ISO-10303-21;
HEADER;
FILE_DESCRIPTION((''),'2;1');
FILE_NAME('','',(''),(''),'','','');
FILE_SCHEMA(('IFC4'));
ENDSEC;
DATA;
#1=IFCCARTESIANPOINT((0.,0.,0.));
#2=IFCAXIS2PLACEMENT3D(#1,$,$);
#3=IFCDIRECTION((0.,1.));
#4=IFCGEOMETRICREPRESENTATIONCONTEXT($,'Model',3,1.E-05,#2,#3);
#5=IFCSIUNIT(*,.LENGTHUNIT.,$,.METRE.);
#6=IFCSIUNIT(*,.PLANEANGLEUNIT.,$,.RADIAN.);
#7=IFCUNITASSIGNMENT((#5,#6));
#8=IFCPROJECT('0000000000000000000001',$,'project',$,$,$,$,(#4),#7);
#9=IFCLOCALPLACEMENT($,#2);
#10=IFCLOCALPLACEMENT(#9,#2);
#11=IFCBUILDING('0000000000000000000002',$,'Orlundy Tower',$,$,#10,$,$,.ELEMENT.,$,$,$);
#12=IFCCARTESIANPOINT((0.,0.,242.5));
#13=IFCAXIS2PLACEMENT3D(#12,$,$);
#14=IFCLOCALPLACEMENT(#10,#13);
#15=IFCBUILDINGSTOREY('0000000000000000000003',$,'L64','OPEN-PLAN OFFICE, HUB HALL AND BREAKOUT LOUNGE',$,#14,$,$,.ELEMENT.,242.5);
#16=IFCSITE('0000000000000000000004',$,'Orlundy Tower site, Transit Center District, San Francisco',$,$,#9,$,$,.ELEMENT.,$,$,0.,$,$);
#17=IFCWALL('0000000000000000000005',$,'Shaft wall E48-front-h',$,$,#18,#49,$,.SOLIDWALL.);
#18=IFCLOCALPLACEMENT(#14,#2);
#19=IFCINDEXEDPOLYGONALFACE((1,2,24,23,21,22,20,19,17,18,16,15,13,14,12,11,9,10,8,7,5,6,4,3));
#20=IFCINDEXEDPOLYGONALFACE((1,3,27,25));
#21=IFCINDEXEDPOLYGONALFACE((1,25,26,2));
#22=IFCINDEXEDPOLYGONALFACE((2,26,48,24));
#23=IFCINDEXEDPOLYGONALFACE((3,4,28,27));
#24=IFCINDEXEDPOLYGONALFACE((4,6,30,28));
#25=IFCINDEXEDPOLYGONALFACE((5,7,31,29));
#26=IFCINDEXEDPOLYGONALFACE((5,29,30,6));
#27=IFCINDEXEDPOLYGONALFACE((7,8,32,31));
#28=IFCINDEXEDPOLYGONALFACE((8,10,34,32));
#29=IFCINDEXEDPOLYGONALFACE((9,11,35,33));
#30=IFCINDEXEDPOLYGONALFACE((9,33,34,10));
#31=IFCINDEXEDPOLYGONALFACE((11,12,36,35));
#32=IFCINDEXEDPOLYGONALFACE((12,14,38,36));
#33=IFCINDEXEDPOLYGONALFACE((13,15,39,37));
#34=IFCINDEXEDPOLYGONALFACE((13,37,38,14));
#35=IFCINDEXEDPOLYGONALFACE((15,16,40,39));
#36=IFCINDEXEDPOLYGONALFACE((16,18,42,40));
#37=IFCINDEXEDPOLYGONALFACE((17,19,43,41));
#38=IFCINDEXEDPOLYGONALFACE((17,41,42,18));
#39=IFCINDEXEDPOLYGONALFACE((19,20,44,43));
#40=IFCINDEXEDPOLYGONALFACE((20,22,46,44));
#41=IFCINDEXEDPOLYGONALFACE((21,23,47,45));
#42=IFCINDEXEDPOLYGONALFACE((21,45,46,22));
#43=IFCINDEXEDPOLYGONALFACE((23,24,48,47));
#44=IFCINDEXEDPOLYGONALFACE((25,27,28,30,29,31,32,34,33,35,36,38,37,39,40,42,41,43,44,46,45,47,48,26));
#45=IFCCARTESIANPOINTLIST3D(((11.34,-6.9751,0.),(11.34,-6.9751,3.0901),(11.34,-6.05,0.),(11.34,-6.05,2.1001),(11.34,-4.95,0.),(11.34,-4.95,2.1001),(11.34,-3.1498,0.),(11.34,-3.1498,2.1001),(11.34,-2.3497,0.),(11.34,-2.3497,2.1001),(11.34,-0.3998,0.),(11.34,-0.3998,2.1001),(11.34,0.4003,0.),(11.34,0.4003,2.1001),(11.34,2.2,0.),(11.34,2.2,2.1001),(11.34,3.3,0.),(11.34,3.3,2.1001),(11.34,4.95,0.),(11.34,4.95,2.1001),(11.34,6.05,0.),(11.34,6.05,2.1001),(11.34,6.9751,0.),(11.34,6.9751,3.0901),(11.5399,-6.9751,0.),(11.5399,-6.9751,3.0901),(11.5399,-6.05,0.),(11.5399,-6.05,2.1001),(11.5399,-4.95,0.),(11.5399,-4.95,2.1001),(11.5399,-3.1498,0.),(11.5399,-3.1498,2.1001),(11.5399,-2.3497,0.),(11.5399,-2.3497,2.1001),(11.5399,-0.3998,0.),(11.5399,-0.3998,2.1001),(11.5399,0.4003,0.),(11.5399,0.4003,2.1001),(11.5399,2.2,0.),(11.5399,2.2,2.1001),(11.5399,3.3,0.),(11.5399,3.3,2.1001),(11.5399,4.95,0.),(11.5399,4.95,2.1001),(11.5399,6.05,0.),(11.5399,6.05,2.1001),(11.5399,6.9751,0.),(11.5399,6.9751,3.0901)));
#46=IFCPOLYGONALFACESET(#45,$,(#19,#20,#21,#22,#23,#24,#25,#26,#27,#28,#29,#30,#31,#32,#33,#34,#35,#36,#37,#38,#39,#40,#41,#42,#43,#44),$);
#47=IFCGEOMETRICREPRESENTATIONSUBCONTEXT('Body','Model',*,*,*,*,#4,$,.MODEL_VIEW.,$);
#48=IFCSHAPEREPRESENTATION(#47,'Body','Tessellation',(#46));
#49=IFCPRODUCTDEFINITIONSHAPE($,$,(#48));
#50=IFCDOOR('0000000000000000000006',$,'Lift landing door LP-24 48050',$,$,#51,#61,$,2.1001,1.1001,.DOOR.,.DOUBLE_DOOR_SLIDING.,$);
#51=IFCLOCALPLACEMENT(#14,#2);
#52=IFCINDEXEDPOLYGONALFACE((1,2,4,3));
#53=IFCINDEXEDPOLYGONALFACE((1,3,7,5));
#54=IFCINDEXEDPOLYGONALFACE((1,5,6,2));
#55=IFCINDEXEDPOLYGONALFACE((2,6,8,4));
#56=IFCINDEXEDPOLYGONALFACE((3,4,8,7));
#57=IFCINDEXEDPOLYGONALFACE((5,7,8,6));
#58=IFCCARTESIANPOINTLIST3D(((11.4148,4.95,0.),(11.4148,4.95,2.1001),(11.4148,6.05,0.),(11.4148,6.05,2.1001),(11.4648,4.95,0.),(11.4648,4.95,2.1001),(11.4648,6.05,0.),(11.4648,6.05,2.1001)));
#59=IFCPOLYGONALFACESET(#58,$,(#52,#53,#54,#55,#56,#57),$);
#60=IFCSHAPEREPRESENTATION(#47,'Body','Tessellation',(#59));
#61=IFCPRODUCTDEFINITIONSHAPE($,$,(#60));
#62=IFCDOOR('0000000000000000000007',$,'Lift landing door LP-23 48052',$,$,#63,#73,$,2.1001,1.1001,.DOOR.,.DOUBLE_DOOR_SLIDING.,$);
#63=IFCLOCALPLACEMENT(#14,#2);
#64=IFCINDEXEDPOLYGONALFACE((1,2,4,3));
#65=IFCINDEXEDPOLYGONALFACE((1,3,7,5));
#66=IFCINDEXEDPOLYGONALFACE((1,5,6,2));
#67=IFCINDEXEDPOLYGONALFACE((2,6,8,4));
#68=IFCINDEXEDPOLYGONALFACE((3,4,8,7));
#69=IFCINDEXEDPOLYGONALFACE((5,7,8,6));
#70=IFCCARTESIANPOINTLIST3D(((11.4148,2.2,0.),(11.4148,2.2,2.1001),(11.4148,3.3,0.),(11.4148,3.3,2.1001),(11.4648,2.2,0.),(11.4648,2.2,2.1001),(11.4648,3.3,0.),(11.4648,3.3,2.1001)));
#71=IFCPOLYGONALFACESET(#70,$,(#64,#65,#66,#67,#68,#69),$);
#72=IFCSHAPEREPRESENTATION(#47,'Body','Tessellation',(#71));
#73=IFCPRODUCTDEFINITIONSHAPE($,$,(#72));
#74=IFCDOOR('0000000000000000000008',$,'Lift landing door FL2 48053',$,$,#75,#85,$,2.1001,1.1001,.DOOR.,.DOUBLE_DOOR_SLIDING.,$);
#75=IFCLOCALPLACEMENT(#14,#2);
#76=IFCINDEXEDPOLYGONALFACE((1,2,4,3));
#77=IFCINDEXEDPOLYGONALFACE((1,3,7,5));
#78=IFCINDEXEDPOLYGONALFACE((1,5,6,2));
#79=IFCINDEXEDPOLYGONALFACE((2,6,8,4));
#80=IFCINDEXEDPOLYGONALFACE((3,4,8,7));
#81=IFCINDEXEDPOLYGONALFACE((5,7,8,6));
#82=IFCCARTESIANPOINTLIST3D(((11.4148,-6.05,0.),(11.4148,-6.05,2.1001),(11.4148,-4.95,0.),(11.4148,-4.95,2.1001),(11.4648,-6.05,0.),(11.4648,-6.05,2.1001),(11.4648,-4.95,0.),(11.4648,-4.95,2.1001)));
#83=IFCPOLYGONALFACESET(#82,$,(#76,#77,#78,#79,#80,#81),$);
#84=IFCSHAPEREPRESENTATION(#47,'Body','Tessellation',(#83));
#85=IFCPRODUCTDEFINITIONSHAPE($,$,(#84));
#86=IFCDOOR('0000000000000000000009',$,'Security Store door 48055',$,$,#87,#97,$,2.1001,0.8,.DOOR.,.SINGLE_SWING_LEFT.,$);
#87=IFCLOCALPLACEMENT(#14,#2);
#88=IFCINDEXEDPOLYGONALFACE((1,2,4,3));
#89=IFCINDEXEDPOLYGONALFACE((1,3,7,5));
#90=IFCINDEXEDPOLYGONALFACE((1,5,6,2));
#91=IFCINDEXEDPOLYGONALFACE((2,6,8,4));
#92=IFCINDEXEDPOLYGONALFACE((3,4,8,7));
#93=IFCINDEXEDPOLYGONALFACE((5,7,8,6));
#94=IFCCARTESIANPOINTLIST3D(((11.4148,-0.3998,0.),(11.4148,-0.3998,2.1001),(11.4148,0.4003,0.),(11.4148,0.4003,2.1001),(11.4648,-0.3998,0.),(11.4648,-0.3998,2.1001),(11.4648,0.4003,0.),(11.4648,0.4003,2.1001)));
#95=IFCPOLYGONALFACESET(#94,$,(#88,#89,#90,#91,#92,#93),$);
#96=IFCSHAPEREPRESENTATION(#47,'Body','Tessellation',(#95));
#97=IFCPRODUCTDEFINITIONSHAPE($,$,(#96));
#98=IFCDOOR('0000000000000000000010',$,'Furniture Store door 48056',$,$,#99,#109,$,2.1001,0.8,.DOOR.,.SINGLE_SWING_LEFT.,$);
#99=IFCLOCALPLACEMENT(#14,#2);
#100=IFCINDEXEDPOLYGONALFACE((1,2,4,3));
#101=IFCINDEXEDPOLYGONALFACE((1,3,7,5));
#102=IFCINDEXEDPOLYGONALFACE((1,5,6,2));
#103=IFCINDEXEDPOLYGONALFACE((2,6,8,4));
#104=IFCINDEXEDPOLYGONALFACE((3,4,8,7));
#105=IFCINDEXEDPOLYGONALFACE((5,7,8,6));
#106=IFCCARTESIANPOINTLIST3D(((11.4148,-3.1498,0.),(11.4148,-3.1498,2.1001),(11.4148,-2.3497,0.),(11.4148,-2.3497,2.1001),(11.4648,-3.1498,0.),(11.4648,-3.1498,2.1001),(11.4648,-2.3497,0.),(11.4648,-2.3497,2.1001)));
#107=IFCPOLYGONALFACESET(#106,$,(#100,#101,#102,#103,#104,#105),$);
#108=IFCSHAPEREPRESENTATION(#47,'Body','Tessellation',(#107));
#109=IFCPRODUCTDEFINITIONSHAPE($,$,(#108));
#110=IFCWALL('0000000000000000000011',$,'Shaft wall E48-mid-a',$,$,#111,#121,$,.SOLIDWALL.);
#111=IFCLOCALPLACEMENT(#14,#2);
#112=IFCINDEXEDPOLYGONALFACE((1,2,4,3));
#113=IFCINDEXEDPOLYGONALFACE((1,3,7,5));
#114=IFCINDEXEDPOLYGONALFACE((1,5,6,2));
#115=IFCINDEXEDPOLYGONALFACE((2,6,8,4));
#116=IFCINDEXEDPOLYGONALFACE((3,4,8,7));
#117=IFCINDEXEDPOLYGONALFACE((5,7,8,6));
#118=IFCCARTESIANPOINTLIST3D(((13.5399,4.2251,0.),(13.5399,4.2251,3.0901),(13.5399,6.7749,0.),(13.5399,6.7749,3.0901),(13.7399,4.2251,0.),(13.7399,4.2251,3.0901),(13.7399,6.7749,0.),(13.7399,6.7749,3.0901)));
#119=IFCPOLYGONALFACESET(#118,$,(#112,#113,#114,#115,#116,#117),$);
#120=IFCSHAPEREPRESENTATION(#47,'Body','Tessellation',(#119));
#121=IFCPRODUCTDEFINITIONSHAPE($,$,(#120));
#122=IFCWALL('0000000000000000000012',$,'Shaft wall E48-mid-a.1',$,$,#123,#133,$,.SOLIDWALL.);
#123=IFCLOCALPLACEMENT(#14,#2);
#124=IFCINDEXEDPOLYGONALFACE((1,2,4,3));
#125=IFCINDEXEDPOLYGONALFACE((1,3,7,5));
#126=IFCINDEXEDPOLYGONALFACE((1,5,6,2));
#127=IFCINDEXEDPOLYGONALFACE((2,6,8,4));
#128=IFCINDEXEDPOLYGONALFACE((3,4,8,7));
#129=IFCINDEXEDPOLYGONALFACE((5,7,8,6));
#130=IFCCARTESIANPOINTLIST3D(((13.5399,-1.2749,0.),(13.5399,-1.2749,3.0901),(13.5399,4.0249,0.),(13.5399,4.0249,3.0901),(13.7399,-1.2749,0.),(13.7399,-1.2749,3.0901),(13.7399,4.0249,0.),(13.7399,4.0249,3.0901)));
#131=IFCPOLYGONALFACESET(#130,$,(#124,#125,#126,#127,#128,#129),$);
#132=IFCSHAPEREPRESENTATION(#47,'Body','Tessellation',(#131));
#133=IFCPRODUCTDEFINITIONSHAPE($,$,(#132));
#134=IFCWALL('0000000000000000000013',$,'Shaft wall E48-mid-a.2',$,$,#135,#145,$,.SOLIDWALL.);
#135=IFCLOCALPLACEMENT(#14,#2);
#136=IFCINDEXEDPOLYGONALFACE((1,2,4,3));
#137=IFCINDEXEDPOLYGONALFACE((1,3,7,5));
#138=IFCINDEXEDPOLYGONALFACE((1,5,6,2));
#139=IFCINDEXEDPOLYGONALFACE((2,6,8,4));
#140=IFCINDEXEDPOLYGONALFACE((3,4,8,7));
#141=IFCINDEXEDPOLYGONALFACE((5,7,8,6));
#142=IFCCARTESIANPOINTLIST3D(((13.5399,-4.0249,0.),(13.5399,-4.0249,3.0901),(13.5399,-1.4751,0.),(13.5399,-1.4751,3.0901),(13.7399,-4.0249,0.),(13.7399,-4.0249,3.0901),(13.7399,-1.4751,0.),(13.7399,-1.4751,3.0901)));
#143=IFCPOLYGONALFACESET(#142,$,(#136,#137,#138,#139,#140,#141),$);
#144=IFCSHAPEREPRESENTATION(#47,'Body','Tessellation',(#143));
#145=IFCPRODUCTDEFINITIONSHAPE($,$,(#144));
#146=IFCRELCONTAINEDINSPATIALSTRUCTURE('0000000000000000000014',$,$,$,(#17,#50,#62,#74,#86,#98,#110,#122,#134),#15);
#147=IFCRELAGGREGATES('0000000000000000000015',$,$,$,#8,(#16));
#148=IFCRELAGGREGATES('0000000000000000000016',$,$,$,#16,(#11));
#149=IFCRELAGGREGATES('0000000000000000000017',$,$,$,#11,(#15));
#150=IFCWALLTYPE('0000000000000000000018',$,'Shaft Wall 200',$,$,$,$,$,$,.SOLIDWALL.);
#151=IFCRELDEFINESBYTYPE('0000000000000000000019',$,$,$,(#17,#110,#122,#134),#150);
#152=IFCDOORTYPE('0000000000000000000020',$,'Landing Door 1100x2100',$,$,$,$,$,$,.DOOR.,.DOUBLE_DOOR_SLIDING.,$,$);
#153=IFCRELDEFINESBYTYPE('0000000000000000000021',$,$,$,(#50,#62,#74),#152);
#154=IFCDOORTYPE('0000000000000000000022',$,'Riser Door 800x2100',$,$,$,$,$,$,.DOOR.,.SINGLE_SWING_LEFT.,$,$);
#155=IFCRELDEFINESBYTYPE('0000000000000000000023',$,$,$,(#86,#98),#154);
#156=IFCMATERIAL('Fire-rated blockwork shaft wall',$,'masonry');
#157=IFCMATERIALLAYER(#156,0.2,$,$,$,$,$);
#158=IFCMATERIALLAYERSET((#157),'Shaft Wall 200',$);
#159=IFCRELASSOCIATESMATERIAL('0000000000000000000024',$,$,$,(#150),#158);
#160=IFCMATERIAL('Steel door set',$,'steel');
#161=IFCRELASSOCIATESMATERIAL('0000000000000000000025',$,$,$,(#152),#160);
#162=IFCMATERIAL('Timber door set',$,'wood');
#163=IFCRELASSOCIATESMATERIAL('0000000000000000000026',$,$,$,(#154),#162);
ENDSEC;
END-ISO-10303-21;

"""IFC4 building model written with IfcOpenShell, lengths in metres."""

from ifc_helpers import new_model, si_unit, direction, frame, frame_2d, origin, place, context, subcontext, project, spatial, rectangle, extrude, material, layer, layer_set, type_object, element, fill, save


model = new_model("IFC4")

# Units and contexts
model_context = context("Model", 3, precision=1e-05, world=origin(), true_north=direction((0.0, 1.0)))
body_context = subcontext(model_context, "Body", "Model", "MODEL_VIEW")
ifc_project = project(units=[si_unit("LENGTHUNIT", "METRE"), si_unit("PLANEANGLEUNIT", "RADIAN")], contexts=[model_context])

# Site, building, storey
site_placement = place(None, origin())
site = spatial("IfcSite", under=ifc_project, at=site_placement, Name="Orlundy Tower site, Transit Center District, San Francisco", CompositionType="ELEMENT", RefElevation=0.0)
building_placement = place(site_placement, origin())
building = spatial("IfcBuilding", under=site, at=building_placement, Name="Orlundy Tower", CompositionType="ELEMENT")
storey_placement = place(building_placement, frame((0.0, 0.0, 242.5)))
storey = spatial("IfcBuildingStorey", under=building, at=storey_placement, Name="L64", Description="OPEN-PLAN OFFICE, HUB HALL AND BREAKOUT LOUNGE", CompositionType="ELEMENT", Elevation=242.5)

# Shared definitions
ifc_material_1 = material(Name="Fire-rated blockwork shaft wall", Category="masonry")
ifc_layer_1 = layer(ifc_material_1, 0.2)
ifc_layer_set_1 = layer_set([ifc_layer_1], Name="Shaft Wall 200")
wall_type_1 = type_object("IfcWallType", Name="Shaft Wall 200", PredefinedType="SOLIDWALL", material=ifc_layer_set_1)

# Wall, openings, doors
wall_1_placement = place(storey_placement, frame((11.4399, 6.9751, 0.0), z_axis=(0.0, 0.0, 1.0), x_axis=(0.0, -1.0, 0.0)))
wall_1 = element("IfcWall", 1, at=wall_1_placement, inside=storey, type_object=wall_type_1, Name="Shaft wall E48-front-h", PredefinedType="SOLIDWALL", context=body_context, shape_type="SweptSolid", body=[
    extrude(rectangle(XDim=13.9502, YDim=0.2, at=frame_2d((6.9751, 0.0))), origin(), (0.0, 0.0, 1.0), 3.0901),
])
opening_1_placement = place(wall_1_placement, frame((0.925, 0.0, 0.0)))
opening_1 = element("IfcOpeningElement", 2, at=opening_1_placement, cuts=wall_1, PredefinedType="OPENING", context=body_context, shape_type="SweptSolid", body=[
    extrude(rectangle(XDim=1.1001, YDim=2.1001, at=frame_2d((0.55, 1.05))), frame((0.0, 0.1101, 0.0), z_axis=(0.0, -1.0, 0.0), x_axis=(1.0, 0.0, 0.0)), (0.0, 0.0, 1.0), 0.2202),
])
opening_2_placement = place(wall_1_placement, frame((3.675, 0.0, 0.0)))
opening_2 = element("IfcOpeningElement", 3, at=opening_2_placement, cuts=wall_1, PredefinedType="OPENING", context=body_context, shape_type="SweptSolid", body=[
    extrude(rectangle(XDim=1.1001, YDim=2.1001, at=frame_2d((0.55, 1.05))), frame((0.0, 0.1101, 0.0), z_axis=(0.0, -1.0, 0.0), x_axis=(1.0, 0.0, 0.0)), (0.0, 0.0, 1.0), 0.2202),
])
opening_3_placement = place(wall_1_placement, frame((11.925, 0.0, 0.0)))
opening_3 = element("IfcOpeningElement", 4, at=opening_3_placement, cuts=wall_1, PredefinedType="OPENING", context=body_context, shape_type="SweptSolid", body=[
    extrude(rectangle(XDim=1.1001, YDim=2.1001, at=frame_2d((0.55, 1.05))), frame((0.0, 0.1101, 0.0), z_axis=(0.0, -1.0, 0.0), x_axis=(1.0, 0.0, 0.0)), (0.0, 0.0, 1.0), 0.2202),
])
opening_4_placement = place(wall_1_placement, frame((6.575, 0.0, 0.0)))
opening_4 = element("IfcOpeningElement", 5, at=opening_4_placement, cuts=wall_1, PredefinedType="OPENING", context=body_context, shape_type="SweptSolid", body=[
    extrude(rectangle(XDim=0.8, YDim=2.1001, at=frame_2d((0.3999, 1.05))), frame((0.0, 0.1101, 0.0), z_axis=(0.0, -1.0, 0.0), x_axis=(1.0, 0.0, 0.0)), (0.0, 0.0, 1.0), 0.2202),
])
opening_5_placement = place(wall_1_placement, frame((9.325, 0.0, 0.0)))
opening_5 = element("IfcOpeningElement", 6, at=opening_5_placement, cuts=wall_1, PredefinedType="OPENING", context=body_context, shape_type="SweptSolid", body=[
    extrude(rectangle(XDim=0.8, YDim=2.1001, at=frame_2d((0.3999, 1.05))), frame((0.0, 0.1101, 0.0), z_axis=(0.0, -1.0, 0.0), x_axis=(1.0, 0.0, 0.0)), (0.0, 0.0, 1.0), 0.2202),
])
ifc_material_2 = material(Name="Steel door set", Category="steel")
door_type_1 = type_object("IfcDoorType", Name="Landing Door 1100x2100", OperationType="DOUBLE_DOOR_SLIDING", PredefinedType="DOOR", material=ifc_material_2)
door_1_placement = place(opening_1_placement, origin())
door_1 = element("IfcDoor", 7, at=door_1_placement, inside=storey, type_object=door_type_1, Name="Lift landing door LP-24 48050", OperationType="DOUBLE_DOOR_SLIDING", OverallHeight=2.1001, OverallWidth=1.1001, PredefinedType="DOOR", context=body_context, shape_type="SweptSolid", body=[
    extrude(rectangle(XDim=1.1001, YDim=2.1001, at=frame_2d((0.55, 1.05))), frame((0.0, 0.0249, 0.0), z_axis=(0.0, -1.0, 0.0), x_axis=(1.0, 0.0, 0.0)), (0.0, 0.0, 1.0), 0.05),
])
fill(opening_1, door_1)
door_2_placement = place(opening_2_placement, origin())
door_2 = element("IfcDoor", 8, at=door_2_placement, inside=storey, type_object=door_type_1, Name="Lift landing door LP-23 48052", OperationType="DOUBLE_DOOR_SLIDING", OverallHeight=2.1001, OverallWidth=1.1001, PredefinedType="DOOR", context=body_context, shape_type="SweptSolid", body=[
    extrude(rectangle(XDim=1.1001, YDim=2.1001, at=frame_2d((0.55, 1.05))), frame((0.0, 0.0249, 0.0), z_axis=(0.0, -1.0, 0.0), x_axis=(1.0, 0.0, 0.0)), (0.0, 0.0, 1.0), 0.05),
])
fill(opening_2, door_2)
door_3_placement = place(opening_3_placement, origin())
door_3 = element("IfcDoor", 9, at=door_3_placement, inside=storey, type_object=door_type_1, Name="Lift landing door FL2 48053", OperationType="DOUBLE_DOOR_SLIDING", OverallHeight=2.1001, OverallWidth=1.1001, PredefinedType="DOOR", context=body_context, shape_type="SweptSolid", body=[
    extrude(rectangle(XDim=1.1001, YDim=2.1001, at=frame_2d((0.55, 1.05))), frame((0.0, 0.0249, 0.0), z_axis=(0.0, -1.0, 0.0), x_axis=(1.0, 0.0, 0.0)), (0.0, 0.0, 1.0), 0.05),
])
fill(opening_3, door_3)
ifc_material_3 = material(Name="Timber door set", Category="wood")
door_type_2 = type_object("IfcDoorType", Name="Riser Door 800x2100", OperationType="SINGLE_SWING_LEFT", PredefinedType="DOOR", material=ifc_material_3)
door_4_placement = place(opening_4_placement, origin())
door_4 = element("IfcDoor", 10, at=door_4_placement, inside=storey, type_object=door_type_2, Name="Security Store door 48055", OperationType="SINGLE_SWING_LEFT", OverallHeight=2.1001, OverallWidth=0.8, PredefinedType="DOOR", context=body_context, shape_type="SweptSolid", body=[
    extrude(rectangle(XDim=0.8, YDim=2.1001, at=frame_2d((0.3999, 1.05))), frame((0.0, 0.0249, 0.0), z_axis=(0.0, -1.0, 0.0), x_axis=(1.0, 0.0, 0.0)), (0.0, 0.0, 1.0), 0.05),
])
fill(opening_4, door_4)
door_5_placement = place(opening_5_placement, origin())
door_5 = element("IfcDoor", 11, at=door_5_placement, inside=storey, type_object=door_type_2, Name="Furniture Store door 48056", OperationType="SINGLE_SWING_LEFT", OverallHeight=2.1001, OverallWidth=0.8, PredefinedType="DOOR", context=body_context, shape_type="SweptSolid", body=[
    extrude(rectangle(XDim=0.8, YDim=2.1001, at=frame_2d((0.3999, 1.05))), frame((0.0, 0.0249, 0.0), z_axis=(0.0, -1.0, 0.0), x_axis=(1.0, 0.0, 0.0)), (0.0, 0.0, 1.0), 0.05),
])
fill(opening_5, door_5)

# Walls
wall_2_placement = place(storey_placement, frame((13.6399, 6.7749, 0.0), z_axis=(0.0, 0.0, 1.0), x_axis=(0.0, -1.0, 0.0)))
element("IfcWall", 12, at=wall_2_placement, inside=storey, type_object=wall_type_1, Name="Shaft wall E48-mid-a", PredefinedType="SOLIDWALL", context=body_context, shape_type="SweptSolid", body=[
    extrude(rectangle(XDim=2.5498, YDim=0.2, at=frame_2d((1.2749, 0.0))), origin(), (0.0, 0.0, 1.0), 3.0901),
])
wall_3_placement = place(storey_placement, frame((13.6399, 4.0249, 0.0), z_axis=(0.0, 0.0, 1.0), x_axis=(0.0, -1.0, 0.0)))
element("IfcWall", 13, at=wall_3_placement, inside=storey, type_object=wall_type_1, Name="Shaft wall E48-mid-a.1", PredefinedType="SOLIDWALL", context=body_context, shape_type="SweptSolid", body=[
    extrude(rectangle(XDim=5.2998, YDim=0.2, at=frame_2d((2.6499, 0.0))), origin(), (0.0, 0.0, 1.0), 3.0901),
])
wall_4_placement = place(storey_placement, frame((13.6399, -1.4751, 0.0), z_axis=(0.0, 0.0, 1.0), x_axis=(0.0, -1.0, 0.0)))
element("IfcWall", 14, at=wall_4_placement, inside=storey, type_object=wall_type_1, Name="Shaft wall E48-mid-a.2", PredefinedType="SOLIDWALL", context=body_context, shape_type="SweptSolid", body=[
    extrude(rectangle(XDim=2.5498, YDim=0.2, at=frame_2d((1.2749, 0.0))), origin(), (0.0, 0.0, 1.0), 3.0901),
])

save(model, "model.ifc")
